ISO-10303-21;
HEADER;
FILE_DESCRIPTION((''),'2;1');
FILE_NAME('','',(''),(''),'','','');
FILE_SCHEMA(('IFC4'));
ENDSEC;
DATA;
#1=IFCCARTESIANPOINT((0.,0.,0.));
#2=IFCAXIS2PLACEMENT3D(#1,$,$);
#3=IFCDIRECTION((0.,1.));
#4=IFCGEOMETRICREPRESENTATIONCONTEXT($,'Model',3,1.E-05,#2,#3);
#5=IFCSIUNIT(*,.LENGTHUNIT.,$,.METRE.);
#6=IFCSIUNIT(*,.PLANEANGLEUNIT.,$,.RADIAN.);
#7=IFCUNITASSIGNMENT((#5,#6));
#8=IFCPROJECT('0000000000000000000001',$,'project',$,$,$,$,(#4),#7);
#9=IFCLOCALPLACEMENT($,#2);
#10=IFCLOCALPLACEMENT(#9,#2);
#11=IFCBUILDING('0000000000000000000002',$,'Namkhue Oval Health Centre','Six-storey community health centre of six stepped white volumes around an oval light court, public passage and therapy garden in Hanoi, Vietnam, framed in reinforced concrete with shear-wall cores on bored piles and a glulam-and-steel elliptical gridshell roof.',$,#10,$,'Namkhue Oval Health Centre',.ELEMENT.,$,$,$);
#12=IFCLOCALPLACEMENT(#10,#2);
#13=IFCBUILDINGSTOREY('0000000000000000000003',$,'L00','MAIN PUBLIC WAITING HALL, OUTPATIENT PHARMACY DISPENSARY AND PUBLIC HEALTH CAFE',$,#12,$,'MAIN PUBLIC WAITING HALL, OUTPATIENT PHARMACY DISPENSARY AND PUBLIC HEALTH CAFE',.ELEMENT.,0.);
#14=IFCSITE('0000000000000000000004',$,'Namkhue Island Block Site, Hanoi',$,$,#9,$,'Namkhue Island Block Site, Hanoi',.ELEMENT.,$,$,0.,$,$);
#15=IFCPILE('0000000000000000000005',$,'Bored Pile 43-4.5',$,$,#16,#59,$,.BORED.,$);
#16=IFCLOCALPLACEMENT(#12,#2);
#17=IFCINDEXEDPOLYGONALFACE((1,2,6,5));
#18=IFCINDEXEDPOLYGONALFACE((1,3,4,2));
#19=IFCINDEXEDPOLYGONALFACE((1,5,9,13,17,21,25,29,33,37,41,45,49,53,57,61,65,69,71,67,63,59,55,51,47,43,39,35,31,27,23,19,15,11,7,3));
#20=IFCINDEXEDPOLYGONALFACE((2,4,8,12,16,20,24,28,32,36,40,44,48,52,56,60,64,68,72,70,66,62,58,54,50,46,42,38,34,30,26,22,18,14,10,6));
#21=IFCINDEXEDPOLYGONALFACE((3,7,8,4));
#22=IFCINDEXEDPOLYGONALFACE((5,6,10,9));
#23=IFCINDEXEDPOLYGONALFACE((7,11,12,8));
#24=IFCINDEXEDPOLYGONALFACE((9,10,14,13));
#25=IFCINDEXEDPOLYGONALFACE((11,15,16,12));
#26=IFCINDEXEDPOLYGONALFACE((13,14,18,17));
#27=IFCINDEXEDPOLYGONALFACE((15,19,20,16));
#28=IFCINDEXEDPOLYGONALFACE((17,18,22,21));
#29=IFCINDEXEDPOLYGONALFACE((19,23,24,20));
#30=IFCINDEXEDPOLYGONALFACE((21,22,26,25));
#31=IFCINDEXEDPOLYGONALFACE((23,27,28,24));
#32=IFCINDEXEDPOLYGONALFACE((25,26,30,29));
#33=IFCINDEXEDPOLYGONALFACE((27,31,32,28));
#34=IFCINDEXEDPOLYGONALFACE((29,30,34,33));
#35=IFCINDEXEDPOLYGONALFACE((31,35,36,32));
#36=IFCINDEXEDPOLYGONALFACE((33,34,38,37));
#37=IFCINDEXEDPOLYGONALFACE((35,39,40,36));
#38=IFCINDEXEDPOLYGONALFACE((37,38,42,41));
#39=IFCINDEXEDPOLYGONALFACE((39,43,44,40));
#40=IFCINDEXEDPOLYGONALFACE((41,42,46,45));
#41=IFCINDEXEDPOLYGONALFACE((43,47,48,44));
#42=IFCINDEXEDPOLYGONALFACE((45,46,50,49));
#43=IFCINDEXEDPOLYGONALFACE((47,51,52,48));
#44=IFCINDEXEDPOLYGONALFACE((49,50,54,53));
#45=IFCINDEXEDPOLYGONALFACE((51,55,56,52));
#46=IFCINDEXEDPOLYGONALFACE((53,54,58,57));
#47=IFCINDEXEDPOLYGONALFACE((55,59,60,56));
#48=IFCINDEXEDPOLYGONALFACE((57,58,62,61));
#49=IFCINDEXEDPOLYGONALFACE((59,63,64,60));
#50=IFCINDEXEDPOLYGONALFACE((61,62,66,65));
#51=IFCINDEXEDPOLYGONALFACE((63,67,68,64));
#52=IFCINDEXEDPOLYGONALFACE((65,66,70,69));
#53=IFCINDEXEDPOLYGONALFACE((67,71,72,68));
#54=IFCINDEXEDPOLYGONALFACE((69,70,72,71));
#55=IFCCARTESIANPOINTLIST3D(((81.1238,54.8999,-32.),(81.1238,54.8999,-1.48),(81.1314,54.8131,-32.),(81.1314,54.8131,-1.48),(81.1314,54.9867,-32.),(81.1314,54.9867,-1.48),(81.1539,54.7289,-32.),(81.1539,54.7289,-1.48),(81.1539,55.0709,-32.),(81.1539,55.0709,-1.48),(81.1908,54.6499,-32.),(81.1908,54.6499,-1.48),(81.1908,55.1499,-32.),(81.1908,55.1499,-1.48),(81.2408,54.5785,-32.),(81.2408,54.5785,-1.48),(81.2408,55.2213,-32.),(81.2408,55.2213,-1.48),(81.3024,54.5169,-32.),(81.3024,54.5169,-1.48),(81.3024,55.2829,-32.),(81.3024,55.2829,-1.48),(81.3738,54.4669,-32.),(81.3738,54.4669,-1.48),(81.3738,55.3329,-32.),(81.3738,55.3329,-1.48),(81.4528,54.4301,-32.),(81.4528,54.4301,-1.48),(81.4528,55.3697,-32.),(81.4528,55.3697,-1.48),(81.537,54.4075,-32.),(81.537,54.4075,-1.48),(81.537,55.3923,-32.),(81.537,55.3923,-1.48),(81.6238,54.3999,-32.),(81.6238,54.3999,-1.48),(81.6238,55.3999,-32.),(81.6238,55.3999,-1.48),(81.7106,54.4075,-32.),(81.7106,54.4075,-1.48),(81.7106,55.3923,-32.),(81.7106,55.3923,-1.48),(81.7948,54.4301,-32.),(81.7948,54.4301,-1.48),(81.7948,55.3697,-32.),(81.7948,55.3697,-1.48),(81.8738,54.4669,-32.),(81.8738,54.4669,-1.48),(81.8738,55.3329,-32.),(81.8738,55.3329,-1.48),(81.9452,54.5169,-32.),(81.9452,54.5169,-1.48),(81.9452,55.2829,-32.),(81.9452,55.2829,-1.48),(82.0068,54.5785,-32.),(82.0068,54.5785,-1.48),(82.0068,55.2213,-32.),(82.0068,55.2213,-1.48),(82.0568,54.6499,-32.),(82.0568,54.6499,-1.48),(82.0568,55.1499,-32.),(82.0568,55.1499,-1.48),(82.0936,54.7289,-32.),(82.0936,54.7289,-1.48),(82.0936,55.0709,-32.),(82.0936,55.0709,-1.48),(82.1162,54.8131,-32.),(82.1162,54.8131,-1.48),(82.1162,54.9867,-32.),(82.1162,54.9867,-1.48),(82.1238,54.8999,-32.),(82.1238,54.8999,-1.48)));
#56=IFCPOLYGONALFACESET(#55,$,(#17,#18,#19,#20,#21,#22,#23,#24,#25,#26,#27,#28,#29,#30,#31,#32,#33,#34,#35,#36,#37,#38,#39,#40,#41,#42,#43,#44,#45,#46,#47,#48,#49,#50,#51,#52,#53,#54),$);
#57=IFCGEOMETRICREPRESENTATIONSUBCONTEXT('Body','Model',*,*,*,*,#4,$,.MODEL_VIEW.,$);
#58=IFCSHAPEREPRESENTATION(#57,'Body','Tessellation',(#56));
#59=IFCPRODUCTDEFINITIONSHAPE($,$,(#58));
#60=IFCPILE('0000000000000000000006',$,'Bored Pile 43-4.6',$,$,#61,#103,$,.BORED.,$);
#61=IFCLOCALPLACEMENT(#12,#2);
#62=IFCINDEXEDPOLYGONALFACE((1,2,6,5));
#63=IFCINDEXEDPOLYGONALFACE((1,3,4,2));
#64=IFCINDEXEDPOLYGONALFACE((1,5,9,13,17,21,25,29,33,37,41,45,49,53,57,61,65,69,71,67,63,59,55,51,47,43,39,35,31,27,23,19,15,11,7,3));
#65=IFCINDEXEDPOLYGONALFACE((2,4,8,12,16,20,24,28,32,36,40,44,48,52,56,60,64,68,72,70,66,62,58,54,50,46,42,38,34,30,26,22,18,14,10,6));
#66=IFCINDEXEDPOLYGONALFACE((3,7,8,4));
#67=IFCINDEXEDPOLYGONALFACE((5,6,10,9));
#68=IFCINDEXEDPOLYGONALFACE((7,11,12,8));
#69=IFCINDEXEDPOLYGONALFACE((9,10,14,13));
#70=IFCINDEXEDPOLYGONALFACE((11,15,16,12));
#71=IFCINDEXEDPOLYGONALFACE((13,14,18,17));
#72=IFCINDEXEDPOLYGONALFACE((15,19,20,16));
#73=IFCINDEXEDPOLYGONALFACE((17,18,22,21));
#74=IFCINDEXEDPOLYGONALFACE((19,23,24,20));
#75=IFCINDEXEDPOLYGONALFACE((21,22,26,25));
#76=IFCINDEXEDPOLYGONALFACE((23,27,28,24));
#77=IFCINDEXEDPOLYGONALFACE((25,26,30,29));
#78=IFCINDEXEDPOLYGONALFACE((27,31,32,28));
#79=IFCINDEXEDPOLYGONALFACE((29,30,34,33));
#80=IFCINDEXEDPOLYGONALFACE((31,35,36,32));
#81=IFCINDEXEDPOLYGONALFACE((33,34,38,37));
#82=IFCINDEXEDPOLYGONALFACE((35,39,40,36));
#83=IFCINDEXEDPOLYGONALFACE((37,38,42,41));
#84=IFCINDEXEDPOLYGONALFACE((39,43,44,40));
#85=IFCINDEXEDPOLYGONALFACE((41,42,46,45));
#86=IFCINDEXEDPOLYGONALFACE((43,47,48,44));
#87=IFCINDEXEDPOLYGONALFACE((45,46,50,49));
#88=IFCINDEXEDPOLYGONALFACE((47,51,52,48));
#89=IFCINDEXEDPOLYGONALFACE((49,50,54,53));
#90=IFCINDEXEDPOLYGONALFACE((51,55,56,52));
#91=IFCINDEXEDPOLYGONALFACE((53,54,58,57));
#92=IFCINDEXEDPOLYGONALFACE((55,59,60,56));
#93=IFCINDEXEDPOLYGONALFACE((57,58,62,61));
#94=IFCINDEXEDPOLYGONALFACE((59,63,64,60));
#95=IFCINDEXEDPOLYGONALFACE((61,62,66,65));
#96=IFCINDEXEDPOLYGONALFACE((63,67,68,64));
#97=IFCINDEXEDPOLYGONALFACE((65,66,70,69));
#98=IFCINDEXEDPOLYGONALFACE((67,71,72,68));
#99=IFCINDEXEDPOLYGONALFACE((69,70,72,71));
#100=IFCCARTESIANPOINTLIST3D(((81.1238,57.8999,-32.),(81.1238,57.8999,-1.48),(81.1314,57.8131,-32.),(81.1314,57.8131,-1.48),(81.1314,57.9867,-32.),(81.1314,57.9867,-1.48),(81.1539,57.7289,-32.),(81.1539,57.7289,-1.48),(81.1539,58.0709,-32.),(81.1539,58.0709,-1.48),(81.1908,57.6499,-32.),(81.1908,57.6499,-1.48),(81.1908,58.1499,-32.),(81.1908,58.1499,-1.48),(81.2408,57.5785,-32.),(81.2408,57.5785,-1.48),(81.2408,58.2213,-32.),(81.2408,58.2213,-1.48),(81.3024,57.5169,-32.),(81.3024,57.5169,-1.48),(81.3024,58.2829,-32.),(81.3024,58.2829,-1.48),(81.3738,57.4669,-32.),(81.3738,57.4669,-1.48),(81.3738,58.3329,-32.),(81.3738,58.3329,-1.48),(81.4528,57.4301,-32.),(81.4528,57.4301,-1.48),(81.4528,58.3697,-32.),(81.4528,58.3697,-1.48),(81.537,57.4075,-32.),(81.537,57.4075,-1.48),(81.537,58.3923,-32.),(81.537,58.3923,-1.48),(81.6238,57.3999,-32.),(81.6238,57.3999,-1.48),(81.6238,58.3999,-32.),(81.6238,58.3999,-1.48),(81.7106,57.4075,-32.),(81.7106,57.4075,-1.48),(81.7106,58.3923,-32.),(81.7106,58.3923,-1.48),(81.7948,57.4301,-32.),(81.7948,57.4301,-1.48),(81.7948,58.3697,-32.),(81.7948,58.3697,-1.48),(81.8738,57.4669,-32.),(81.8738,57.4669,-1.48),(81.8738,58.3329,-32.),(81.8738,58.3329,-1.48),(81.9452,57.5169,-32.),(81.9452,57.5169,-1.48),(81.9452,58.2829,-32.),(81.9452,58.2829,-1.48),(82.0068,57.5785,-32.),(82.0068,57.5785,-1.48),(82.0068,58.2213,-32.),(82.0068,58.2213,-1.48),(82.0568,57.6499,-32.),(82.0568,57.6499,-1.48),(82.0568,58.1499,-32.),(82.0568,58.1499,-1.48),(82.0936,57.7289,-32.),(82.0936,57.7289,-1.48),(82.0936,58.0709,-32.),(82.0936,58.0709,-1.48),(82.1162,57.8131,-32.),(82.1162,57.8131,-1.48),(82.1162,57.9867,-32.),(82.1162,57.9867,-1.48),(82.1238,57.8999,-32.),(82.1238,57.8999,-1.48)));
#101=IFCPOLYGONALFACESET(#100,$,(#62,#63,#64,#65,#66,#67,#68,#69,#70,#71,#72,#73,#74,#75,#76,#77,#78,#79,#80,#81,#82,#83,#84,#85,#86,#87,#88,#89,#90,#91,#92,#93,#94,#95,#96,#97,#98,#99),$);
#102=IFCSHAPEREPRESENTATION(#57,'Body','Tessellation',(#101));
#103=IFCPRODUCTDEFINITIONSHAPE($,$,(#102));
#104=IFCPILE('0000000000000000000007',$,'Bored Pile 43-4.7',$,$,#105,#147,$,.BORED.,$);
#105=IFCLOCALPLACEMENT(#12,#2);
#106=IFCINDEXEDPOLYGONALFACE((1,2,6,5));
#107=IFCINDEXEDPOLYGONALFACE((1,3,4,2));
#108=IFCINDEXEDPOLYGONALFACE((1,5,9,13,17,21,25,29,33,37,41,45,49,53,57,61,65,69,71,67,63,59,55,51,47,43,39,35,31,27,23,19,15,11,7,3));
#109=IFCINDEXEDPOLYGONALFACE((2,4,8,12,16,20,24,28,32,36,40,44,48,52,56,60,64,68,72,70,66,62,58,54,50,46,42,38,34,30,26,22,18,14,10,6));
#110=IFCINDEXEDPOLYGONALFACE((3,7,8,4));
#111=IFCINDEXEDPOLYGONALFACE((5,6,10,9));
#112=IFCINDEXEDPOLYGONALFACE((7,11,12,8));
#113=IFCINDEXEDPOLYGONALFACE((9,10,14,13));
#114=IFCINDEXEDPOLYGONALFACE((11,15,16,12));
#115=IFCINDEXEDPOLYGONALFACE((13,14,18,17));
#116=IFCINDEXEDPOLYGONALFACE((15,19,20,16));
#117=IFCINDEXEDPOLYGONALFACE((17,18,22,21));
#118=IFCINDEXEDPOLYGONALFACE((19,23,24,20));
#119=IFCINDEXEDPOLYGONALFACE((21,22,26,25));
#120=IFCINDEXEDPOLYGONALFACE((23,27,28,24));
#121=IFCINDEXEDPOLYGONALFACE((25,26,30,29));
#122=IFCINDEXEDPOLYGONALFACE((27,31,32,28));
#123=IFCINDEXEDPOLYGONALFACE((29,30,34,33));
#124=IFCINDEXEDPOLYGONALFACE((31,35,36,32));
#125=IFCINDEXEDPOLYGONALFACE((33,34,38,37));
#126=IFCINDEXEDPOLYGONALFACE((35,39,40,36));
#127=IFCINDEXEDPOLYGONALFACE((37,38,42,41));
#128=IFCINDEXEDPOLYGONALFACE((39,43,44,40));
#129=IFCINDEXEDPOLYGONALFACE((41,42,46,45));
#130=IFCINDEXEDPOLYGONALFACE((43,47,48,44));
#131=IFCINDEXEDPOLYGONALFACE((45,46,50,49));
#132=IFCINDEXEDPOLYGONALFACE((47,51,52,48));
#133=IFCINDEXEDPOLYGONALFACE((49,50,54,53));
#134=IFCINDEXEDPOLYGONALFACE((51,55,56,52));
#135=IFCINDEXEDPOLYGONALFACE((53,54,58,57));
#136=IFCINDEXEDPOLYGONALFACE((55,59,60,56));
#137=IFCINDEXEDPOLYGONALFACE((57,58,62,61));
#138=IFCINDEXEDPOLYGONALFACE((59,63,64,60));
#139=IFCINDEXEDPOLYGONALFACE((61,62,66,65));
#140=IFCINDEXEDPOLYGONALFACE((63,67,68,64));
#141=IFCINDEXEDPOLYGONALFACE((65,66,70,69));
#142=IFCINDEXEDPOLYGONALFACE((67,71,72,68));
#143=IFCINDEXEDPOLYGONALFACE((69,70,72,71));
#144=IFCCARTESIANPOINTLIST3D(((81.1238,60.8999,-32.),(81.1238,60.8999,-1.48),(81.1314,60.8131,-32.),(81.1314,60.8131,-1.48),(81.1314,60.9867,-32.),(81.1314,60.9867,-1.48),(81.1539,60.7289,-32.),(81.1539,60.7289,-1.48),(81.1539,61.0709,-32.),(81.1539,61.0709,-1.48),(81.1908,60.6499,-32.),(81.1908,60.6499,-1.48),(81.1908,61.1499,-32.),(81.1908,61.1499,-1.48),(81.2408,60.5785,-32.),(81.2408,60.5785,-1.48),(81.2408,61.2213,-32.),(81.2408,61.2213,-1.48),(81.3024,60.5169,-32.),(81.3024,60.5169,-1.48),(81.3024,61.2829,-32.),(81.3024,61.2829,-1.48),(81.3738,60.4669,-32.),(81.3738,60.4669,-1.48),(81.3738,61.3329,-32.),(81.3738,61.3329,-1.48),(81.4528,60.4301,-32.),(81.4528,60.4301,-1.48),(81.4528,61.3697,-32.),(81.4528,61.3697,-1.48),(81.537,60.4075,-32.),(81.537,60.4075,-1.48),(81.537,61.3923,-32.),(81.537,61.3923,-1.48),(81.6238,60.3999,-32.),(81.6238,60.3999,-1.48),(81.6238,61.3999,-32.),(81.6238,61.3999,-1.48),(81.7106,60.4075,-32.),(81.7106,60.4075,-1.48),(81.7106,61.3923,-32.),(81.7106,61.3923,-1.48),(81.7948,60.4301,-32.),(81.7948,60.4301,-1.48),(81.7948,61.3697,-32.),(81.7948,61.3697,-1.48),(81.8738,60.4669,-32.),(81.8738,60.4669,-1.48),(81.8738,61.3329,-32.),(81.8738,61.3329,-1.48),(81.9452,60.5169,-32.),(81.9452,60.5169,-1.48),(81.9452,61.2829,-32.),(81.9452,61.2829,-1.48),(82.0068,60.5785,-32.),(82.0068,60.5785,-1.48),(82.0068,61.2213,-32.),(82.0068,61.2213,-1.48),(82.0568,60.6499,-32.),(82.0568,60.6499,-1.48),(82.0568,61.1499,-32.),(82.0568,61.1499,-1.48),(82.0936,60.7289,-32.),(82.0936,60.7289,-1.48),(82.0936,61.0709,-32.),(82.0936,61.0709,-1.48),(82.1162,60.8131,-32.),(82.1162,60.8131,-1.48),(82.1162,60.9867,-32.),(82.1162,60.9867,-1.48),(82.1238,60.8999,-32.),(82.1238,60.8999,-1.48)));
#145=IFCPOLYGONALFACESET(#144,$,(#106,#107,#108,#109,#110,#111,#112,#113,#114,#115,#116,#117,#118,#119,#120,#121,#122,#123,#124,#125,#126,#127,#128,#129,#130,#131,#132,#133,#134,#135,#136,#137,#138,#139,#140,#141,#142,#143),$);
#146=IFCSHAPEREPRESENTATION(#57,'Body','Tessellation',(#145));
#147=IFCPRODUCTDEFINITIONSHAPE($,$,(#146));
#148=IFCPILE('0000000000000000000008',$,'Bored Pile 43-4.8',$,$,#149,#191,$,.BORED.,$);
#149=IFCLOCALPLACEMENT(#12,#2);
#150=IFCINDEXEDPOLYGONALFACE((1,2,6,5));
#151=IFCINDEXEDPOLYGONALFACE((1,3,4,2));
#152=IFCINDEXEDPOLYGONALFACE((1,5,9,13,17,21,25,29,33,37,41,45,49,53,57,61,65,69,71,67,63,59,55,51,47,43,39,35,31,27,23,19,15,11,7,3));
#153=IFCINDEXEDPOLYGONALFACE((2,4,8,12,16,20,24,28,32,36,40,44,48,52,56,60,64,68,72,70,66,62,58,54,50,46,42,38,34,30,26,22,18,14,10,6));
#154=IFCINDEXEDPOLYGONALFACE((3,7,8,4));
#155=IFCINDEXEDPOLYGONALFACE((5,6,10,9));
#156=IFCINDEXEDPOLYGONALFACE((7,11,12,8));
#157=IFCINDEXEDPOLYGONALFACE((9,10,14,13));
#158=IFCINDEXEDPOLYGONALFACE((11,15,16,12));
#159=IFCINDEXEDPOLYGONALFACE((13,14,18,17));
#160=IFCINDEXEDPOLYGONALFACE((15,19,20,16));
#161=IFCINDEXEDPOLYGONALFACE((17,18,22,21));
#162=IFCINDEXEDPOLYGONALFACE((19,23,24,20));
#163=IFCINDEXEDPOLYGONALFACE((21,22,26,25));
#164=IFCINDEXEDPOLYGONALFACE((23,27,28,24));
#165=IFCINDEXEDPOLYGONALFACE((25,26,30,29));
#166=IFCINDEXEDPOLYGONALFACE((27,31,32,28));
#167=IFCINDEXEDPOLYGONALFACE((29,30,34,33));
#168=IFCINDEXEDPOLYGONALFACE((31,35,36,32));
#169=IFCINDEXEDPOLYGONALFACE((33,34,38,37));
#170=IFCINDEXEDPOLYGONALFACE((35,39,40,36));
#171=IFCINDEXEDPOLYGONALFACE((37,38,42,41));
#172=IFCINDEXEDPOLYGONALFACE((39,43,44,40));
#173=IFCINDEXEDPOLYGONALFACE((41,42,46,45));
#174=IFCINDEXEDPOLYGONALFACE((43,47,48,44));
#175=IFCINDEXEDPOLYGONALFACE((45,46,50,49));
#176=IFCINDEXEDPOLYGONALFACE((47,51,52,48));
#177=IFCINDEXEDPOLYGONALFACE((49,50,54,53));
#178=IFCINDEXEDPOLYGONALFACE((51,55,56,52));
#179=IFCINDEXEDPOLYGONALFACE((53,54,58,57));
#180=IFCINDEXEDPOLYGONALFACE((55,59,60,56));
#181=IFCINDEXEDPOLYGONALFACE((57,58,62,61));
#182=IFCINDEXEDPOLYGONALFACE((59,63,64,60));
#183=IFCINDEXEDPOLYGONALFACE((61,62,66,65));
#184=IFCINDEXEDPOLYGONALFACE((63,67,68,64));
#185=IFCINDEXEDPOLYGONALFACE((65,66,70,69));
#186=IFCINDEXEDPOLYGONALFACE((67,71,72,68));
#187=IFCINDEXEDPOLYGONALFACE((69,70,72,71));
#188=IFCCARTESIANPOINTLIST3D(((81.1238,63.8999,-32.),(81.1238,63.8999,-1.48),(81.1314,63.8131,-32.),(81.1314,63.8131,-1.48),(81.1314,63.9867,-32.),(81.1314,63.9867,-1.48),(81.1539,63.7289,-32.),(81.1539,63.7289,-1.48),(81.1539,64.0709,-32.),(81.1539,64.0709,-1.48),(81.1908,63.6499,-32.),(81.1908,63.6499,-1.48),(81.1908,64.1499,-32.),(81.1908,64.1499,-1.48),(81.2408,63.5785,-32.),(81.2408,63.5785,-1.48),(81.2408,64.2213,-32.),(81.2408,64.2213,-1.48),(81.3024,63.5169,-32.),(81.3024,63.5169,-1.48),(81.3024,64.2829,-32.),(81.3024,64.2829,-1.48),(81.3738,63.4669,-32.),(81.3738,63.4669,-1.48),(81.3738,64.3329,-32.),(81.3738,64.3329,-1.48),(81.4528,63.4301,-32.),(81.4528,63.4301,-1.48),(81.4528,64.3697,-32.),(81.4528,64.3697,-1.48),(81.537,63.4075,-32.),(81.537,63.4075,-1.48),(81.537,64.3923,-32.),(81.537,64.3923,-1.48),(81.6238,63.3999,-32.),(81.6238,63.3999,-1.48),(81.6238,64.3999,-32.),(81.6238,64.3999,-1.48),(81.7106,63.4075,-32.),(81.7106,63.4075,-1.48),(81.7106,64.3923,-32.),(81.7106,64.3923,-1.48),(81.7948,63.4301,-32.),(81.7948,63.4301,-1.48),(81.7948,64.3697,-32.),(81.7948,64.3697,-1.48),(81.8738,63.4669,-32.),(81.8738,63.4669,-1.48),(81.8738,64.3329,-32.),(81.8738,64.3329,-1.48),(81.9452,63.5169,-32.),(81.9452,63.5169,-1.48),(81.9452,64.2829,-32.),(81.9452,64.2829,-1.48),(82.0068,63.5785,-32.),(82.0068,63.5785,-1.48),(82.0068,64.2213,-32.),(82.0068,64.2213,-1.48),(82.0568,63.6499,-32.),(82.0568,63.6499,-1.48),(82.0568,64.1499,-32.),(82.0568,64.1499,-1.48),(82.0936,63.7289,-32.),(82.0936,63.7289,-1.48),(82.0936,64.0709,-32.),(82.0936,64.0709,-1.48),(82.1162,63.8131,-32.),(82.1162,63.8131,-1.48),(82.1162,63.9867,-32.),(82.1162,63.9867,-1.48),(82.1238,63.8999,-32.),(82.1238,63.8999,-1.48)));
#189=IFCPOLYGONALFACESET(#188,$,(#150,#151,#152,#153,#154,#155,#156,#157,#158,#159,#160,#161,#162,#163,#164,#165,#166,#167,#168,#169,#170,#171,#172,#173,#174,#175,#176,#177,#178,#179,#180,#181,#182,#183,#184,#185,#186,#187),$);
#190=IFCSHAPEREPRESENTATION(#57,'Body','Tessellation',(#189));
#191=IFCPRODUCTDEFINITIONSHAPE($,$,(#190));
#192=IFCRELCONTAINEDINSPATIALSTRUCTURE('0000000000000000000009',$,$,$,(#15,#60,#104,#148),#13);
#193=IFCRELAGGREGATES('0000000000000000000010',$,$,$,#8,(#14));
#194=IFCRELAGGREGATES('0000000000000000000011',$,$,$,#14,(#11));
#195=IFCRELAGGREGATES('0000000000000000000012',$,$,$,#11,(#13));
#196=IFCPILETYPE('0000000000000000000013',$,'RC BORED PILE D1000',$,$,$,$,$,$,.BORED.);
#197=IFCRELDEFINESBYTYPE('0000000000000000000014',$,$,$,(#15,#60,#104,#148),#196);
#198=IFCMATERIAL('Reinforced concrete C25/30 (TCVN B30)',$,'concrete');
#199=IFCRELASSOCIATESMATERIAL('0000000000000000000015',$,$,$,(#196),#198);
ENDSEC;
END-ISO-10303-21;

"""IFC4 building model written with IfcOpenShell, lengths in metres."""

from ifc_helpers import new_model, si_unit, direction, frame, origin, origin_2d, place, context, subcontext, project, spatial, circle, extrude, material, material_profile, profile_set, type_object, element, save


model = new_model("IFC4")

# Units and contexts
model_context = context("Model", 3, precision=1e-05, world=origin(), true_north=direction((0.0, 1.0)))
body_context = subcontext(model_context, "Body", "Model", "MODEL_VIEW")
ifc_project = project(units=[si_unit("LENGTHUNIT", "METRE"), si_unit("PLANEANGLEUNIT", "RADIAN")], contexts=[model_context])

# Site, building, storey
site_placement = place(None, origin())
site = spatial("IfcSite", under=ifc_project, at=site_placement, Name="Namkhue Island Block Site, Hanoi", LongName="Namkhue Island Block Site, Hanoi", CompositionType="ELEMENT", RefElevation=0.0)
building_placement = place(site_placement, origin())
building = spatial("IfcBuilding", under=site, at=building_placement, Name="Namkhue Oval Health Centre", Description="Six-storey community health centre of six stepped white volumes around an oval light court, public passage and therapy garden in Hanoi, Vietnam, framed in reinforced concrete with shear-wall cores on bored piles and a glulam-and-steel elliptical gridshell roof.", LongName="Namkhue Oval Health Centre", CompositionType="ELEMENT")
storey_placement = place(building_placement, origin())
storey = spatial("IfcBuildingStorey", under=building, at=storey_placement, Name="L00", Description="MAIN PUBLIC WAITING HALL, OUTPATIENT PHARMACY DISPENSARY AND PUBLIC HEALTH CAFE", LongName="MAIN PUBLIC WAITING HALL, OUTPATIENT PHARMACY DISPENSARY AND PUBLIC HEALTH CAFE", CompositionType="ELEMENT", Elevation=0.0)

# Piles
ifc_material_1 = material(Name="Reinforced concrete C25/30 (TCVN B30)", Category="concrete")
ifc_material_profile_1 = material_profile(ifc_material_1, circle(Radius=0.5, at=origin_2d()), Name="BORED PILE D1000")
ifc_profile_set_1 = profile_set([ifc_material_profile_1], Name="Reinforced concrete C25/30 (TCVN B30)")
pile_type_1 = type_object("IfcPileType", Name="RC BORED PILE D1000", PredefinedType="BORED", material=ifc_profile_set_1)
for number, where, z_axis, x_axis, name in (
    (1, (81.6238, 54.8999, -1.48), (0.0, 0.0, -1.0), (1.0, 0.0, 0.0), "Bored Pile 43-4.5"),
    (2, (81.6238, 57.8999, -1.48), (0.0, 0.0, -1.0), (1.0, 0.0, 0.0), "Bored Pile 43-4.6"),
    (3, (81.6238, 60.8999, -1.48), (0.0, 0.0, -1.0), (1.0, 0.0, 0.0), "Bored Pile 43-4.7"),
    (4, (81.6238, 63.8999, -1.48), (0.0, 0.0, -1.0), (1.0, 0.0, 0.0), "Bored Pile 43-4.8"),
):
    element("IfcPile", number, at=place(storey_placement, frame(where, z_axis=z_axis, x_axis=x_axis)), inside=storey, type_object=pile_type_1, Name=name, PredefinedType="BORED", context=body_context, shape_type="SweptSolid", body=[
        extrude(circle(Radius=0.5, at=origin_2d()), origin(), (0.0, 0.0, 1.0), 30.52),
    ])

save(model, "model.ifc")
